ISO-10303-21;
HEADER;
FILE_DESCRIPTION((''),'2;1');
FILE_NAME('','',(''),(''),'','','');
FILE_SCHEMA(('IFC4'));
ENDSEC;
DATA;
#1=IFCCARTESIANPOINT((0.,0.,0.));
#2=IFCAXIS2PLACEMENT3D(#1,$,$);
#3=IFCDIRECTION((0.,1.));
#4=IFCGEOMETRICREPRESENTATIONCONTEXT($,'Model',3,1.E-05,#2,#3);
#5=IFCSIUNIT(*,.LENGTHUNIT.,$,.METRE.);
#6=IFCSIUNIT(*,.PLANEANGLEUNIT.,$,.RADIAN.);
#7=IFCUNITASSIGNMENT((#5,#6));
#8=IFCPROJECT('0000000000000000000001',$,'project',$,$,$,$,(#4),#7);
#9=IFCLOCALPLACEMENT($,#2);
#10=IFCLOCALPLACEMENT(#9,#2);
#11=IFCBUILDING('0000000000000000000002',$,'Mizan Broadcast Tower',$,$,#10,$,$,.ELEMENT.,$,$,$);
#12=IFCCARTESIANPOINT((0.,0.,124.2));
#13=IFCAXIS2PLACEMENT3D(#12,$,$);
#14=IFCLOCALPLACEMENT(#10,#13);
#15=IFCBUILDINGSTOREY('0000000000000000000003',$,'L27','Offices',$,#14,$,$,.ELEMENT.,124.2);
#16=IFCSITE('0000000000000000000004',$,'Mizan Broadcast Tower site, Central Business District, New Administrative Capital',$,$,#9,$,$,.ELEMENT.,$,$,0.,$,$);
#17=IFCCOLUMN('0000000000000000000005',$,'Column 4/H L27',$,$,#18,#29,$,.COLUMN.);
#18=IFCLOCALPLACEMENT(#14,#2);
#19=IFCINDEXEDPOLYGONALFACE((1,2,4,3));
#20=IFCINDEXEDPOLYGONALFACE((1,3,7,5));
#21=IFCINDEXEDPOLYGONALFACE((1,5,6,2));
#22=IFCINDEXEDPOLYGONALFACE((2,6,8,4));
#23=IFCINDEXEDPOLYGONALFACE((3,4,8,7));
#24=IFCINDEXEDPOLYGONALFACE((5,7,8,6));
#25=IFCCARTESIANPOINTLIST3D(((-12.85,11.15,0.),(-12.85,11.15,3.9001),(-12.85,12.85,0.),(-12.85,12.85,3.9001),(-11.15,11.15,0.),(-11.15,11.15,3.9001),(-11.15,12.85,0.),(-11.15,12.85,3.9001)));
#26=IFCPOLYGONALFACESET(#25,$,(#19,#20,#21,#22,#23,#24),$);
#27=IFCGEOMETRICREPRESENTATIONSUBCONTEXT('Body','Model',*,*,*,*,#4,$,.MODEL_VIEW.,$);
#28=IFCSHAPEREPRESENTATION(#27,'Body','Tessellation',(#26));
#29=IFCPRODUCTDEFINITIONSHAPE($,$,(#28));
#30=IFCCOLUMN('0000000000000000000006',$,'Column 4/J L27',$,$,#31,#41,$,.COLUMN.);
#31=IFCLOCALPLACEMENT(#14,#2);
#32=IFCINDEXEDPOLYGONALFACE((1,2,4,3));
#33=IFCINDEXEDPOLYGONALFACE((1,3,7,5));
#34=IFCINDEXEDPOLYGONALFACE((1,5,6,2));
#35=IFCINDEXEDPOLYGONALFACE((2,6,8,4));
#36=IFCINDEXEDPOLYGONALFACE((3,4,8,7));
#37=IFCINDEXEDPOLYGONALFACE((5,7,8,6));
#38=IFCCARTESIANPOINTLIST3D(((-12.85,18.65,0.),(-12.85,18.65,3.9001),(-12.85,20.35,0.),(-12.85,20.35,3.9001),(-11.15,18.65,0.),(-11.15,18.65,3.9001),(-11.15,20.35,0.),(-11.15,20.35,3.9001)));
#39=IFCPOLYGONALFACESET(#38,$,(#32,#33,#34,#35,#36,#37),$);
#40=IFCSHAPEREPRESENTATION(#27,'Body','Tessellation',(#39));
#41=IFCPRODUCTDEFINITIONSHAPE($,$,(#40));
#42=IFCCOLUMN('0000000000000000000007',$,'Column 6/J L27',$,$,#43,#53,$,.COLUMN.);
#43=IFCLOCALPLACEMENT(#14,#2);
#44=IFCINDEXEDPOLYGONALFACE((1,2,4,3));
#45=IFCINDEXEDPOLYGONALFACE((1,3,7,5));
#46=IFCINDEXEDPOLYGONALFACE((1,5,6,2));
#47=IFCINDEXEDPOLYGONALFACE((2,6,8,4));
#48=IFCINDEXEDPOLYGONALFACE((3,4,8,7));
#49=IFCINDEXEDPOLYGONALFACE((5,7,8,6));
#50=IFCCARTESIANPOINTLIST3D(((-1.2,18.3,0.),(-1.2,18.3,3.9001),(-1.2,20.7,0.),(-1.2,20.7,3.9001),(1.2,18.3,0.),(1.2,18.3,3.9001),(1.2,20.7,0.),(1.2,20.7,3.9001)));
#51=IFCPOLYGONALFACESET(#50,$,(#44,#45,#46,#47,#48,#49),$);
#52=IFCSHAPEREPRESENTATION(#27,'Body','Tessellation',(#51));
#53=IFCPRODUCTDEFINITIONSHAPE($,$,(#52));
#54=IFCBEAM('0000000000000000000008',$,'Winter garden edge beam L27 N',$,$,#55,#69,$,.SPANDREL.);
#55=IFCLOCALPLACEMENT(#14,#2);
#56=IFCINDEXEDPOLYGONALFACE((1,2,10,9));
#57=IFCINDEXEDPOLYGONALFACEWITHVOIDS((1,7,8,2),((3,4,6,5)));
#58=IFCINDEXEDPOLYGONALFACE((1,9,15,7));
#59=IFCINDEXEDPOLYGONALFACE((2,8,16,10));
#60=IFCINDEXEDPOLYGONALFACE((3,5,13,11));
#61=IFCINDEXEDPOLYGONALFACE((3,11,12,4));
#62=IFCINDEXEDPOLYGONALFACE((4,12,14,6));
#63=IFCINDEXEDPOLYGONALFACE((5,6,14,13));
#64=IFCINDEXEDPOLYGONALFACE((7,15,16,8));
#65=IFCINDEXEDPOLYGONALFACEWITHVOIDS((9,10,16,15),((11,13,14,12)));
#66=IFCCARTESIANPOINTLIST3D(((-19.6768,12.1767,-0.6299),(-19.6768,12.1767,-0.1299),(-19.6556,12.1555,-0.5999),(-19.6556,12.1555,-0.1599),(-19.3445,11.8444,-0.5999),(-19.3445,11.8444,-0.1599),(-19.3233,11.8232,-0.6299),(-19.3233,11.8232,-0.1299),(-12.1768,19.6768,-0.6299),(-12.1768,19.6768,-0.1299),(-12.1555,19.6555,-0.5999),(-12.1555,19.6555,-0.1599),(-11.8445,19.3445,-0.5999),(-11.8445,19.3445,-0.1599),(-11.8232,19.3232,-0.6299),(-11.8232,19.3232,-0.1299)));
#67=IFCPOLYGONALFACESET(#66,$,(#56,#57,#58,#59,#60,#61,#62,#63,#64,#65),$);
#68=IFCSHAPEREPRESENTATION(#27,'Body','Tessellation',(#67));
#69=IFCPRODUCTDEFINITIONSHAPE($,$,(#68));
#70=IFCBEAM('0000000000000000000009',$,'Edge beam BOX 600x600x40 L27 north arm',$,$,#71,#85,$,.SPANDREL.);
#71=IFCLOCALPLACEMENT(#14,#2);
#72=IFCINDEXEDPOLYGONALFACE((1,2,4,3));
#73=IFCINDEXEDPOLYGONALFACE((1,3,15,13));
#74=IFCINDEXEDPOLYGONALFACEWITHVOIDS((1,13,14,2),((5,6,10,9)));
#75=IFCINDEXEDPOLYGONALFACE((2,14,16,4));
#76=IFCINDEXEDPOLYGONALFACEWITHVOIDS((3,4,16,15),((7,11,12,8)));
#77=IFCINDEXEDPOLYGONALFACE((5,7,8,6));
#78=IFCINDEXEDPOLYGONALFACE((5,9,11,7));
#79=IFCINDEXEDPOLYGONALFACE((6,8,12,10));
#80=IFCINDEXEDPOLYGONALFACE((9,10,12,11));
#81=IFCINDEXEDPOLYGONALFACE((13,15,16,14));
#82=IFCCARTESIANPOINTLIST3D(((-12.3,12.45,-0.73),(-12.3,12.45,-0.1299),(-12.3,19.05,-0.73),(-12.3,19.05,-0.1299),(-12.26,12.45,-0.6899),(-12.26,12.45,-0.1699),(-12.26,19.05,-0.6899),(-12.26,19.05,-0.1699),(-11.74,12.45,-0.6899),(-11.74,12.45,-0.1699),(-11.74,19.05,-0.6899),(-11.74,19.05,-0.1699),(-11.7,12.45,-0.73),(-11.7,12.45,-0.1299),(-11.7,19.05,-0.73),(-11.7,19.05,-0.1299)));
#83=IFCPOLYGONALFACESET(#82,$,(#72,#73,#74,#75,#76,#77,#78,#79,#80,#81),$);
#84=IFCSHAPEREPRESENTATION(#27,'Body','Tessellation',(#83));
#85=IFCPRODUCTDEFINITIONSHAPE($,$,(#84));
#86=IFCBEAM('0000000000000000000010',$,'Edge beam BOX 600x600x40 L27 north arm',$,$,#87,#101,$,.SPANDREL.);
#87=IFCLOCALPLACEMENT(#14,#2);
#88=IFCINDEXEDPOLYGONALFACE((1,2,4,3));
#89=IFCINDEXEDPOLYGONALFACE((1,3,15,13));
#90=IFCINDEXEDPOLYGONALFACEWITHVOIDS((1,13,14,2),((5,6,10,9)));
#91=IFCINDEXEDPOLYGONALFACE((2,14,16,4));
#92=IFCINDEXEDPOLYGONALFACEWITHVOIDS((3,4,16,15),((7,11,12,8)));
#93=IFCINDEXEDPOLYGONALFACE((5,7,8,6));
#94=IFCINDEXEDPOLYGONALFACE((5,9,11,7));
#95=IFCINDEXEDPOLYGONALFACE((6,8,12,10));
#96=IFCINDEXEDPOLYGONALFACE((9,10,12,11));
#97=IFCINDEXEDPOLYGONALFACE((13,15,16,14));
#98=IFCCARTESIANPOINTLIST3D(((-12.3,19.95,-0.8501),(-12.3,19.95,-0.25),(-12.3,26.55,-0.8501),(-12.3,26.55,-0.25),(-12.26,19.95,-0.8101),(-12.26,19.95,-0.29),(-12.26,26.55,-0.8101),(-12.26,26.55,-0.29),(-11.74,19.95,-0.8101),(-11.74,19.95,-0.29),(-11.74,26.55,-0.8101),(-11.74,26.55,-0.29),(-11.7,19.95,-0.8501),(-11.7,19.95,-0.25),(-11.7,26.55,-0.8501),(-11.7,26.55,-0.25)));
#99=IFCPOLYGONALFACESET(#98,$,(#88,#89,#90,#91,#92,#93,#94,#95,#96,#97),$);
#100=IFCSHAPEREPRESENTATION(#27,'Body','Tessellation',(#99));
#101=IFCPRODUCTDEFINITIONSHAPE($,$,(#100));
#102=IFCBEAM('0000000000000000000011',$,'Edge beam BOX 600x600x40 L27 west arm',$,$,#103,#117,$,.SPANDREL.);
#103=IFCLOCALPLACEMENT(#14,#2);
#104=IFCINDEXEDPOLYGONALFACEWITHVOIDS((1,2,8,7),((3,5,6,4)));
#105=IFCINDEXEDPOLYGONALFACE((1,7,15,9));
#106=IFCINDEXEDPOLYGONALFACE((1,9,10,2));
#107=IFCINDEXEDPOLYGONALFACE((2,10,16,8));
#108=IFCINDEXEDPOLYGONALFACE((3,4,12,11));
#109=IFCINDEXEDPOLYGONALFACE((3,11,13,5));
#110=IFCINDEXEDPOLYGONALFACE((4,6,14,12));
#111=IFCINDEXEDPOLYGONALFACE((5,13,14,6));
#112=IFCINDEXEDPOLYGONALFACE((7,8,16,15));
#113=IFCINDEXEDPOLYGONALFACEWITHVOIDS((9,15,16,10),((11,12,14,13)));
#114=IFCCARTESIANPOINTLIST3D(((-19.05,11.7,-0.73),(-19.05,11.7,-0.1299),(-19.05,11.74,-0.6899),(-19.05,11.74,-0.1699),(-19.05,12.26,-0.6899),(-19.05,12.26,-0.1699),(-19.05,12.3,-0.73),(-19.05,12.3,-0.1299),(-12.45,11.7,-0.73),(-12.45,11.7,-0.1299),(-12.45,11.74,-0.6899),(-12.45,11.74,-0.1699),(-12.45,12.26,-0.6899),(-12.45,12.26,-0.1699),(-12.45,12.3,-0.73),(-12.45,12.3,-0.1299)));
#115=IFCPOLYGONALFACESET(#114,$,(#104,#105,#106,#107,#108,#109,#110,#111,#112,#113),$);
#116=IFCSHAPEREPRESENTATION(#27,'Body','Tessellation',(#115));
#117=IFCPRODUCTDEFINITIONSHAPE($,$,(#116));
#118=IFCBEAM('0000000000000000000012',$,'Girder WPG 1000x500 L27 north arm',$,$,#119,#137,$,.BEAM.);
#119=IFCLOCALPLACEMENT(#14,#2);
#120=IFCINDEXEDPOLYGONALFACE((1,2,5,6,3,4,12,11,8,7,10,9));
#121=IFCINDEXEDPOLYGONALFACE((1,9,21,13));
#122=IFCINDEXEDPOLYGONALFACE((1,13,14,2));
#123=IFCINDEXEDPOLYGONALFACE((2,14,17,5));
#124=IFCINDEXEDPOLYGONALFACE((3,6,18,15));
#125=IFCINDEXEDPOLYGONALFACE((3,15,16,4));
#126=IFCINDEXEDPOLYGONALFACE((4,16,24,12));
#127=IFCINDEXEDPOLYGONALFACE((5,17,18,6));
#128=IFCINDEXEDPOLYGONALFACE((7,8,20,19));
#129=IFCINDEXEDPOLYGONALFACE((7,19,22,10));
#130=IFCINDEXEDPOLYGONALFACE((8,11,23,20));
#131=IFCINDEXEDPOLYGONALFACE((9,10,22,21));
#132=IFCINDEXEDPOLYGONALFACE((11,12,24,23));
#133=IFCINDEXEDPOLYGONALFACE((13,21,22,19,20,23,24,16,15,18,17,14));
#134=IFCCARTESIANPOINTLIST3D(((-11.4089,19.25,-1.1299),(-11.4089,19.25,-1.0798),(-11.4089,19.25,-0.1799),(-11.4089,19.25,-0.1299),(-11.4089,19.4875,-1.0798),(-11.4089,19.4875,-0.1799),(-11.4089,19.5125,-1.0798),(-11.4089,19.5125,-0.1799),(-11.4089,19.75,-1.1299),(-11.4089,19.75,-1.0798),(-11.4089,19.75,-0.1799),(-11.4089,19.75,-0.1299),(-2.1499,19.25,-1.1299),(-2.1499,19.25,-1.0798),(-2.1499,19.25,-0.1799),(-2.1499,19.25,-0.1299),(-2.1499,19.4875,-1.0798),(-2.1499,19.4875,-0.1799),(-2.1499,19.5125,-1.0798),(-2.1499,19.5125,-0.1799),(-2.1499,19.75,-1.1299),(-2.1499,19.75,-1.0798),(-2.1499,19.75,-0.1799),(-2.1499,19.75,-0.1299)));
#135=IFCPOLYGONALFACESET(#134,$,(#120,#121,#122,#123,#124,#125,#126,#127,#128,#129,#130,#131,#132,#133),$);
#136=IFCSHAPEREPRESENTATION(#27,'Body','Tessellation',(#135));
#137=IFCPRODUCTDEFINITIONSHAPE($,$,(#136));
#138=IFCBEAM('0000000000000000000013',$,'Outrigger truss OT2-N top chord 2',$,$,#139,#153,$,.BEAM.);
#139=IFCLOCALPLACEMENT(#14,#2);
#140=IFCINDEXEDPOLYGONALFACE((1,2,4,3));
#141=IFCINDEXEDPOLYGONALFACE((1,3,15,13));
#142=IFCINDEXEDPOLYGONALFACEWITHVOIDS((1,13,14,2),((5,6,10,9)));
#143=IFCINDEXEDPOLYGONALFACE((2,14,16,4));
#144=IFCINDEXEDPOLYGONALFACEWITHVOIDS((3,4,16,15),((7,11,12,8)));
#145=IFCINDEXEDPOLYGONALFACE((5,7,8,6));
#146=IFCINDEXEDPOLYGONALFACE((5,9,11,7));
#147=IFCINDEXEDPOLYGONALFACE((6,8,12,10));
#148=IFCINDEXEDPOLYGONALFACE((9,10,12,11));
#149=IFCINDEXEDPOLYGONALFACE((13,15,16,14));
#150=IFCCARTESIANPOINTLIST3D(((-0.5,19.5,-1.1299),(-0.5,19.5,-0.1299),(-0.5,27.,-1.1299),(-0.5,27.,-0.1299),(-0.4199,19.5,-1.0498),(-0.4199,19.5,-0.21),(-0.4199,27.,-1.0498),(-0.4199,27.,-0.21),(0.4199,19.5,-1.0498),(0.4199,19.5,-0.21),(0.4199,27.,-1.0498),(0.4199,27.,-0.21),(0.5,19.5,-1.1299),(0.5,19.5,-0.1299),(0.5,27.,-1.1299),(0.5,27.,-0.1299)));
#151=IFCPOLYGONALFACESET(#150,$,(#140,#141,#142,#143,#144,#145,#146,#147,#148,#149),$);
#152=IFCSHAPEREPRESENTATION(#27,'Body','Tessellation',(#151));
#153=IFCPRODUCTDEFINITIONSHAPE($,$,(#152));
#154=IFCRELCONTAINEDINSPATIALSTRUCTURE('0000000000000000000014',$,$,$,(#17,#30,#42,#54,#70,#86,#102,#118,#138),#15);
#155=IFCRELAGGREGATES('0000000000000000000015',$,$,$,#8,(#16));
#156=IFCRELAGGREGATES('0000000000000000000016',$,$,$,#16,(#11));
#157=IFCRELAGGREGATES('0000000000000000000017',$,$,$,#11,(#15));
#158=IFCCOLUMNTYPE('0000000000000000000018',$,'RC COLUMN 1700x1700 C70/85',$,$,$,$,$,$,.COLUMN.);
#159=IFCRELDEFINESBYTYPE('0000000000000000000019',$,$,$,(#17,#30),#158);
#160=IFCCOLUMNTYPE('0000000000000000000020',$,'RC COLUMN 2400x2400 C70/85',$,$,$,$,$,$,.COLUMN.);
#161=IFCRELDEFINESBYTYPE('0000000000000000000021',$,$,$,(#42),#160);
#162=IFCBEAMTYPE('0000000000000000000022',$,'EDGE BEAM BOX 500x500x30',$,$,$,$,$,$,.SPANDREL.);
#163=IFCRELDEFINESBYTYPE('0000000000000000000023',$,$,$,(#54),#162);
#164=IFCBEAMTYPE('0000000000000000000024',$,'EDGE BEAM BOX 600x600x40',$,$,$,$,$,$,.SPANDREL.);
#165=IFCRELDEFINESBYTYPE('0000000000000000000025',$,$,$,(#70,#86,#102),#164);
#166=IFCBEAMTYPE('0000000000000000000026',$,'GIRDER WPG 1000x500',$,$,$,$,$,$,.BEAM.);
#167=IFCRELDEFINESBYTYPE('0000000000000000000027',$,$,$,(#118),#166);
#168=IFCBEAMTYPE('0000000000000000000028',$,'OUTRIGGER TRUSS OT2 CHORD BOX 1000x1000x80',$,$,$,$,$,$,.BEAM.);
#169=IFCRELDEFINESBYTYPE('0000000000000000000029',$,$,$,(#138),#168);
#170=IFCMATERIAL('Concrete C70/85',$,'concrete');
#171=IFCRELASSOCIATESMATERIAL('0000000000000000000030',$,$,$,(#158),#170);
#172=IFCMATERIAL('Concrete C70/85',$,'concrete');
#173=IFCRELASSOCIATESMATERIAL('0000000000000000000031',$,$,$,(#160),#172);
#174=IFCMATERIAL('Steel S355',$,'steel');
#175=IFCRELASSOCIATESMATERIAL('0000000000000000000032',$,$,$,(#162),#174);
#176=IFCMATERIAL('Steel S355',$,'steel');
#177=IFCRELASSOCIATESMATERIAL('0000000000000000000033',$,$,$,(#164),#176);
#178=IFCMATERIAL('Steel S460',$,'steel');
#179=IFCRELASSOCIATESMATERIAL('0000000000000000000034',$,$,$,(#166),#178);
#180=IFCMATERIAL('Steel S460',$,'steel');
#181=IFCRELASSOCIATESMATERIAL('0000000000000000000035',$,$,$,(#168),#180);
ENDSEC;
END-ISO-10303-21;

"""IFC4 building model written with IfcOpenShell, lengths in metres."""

from ifc_helpers import new_model, si_unit, direction, frame, origin, origin_2d, place, context, subcontext, project, spatial, rectangle, hollow_rectangle, i_section, extrude, material, material_profile, profile_set, type_object, element, save


model = new_model("IFC4")

# Units and contexts
model_context = context("Model", 3, precision=1e-05, world=origin(), true_north=direction((0.0, 1.0)))
body_context = subcontext(model_context, "Body", "Model", "MODEL_VIEW")
ifc_project = project(units=[si_unit("LENGTHUNIT", "METRE"), si_unit("PLANEANGLEUNIT", "RADIAN")], contexts=[model_context])

# Site, building, storey
site_placement = place(None, origin())
site = spatial("IfcSite", under=ifc_project, at=site_placement, Name="Mizan Broadcast Tower site, Central Business District, New Administrative Capital", CompositionType="ELEMENT", RefElevation=0.0)
building_placement = place(site_placement, origin())
building = spatial("IfcBuilding", under=site, at=building_placement, Name="Mizan Broadcast Tower", CompositionType="ELEMENT")
storey_placement = place(building_placement, frame((0.0, 0.0, 124.2)))
storey = spatial("IfcBuildingStorey", under=building, at=storey_placement, Name="L27", Description="Offices", CompositionType="ELEMENT", Elevation=124.2)

# Columns
ifc_material_1 = material(Name="Concrete C70/85", Category="concrete")
ifc_material_profile_1 = material_profile(ifc_material_1, rectangle(XDim=1.7, YDim=1.7, at=origin_2d()), Name="RC 1700x1700")
ifc_profile_set_1 = profile_set([ifc_material_profile_1], Name="Concrete C70/85")
column_type_1 = type_object("IfcColumnType", Name="RC COLUMN 1700x1700 C70/85", PredefinedType="COLUMN", material=ifc_profile_set_1)
for number, where, z_axis, x_axis, name in (
    (1, (-12.0, 12.0, 0.0), (0.0, 0.0, 1.0), (1.0, 0.0, 0.0), "Column 4/H L27"),
    (2, (-12.0, 19.5, 0.0), (0.0, 0.0, 1.0), (1.0, 0.0, 0.0), "Column 4/J L27"),
):
    element("IfcColumn", number, at=place(storey_placement, frame(where, z_axis=z_axis, x_axis=x_axis)), inside=storey, type_object=column_type_1, Name=name, PredefinedType="COLUMN", context=body_context, shape_type="SweptSolid", body=[
        extrude(rectangle(XDim=1.7, YDim=1.7, at=origin_2d()), origin(), (0.0, 0.0, 1.0), 3.9001),
    ])
ifc_material_2 = material(Name="Concrete C70/85", Category="concrete")
ifc_material_profile_2 = material_profile(ifc_material_2, rectangle(XDim=2.3999, YDim=2.3999, at=origin_2d()), Name="RC 2400x2400")
ifc_profile_set_2 = profile_set([ifc_material_profile_2], Name="Concrete C70/85")
column_type_2 = type_object("IfcColumnType", Name="RC COLUMN 2400x2400 C70/85", PredefinedType="COLUMN", material=ifc_profile_set_2)
column_placement = place(storey_placement, frame((0.0, 19.5, 0.0), z_axis=(0.0, 0.0, 1.0), x_axis=(1.0, 0.0, 0.0)))
element("IfcColumn", 3, at=column_placement, inside=storey, type_object=column_type_2, Name="Column 6/J L27", PredefinedType="COLUMN", context=body_context, shape_type="SweptSolid", body=[
    extrude(rectangle(XDim=2.3999, YDim=2.3999, at=origin_2d()), origin(), (0.0, 0.0, 1.0), 3.9001),
])

# Beams
ifc_material_3 = material(Name="Steel S355", Category="steel")
ifc_material_profile_3 = material_profile(ifc_material_3, hollow_rectangle(XDim=0.5, YDim=0.5, WallThickness=0.03, at=origin_2d()), Name="BOX 500x500x30")
ifc_profile_set_3 = profile_set([ifc_material_profile_3], Name="Steel S355")
beam_type_1 = type_object("IfcBeamType", Name="EDGE BEAM BOX 500x500x30", PredefinedType="SPANDREL", material=ifc_profile_set_3)
beam_1_placement = place(storey_placement, frame((-12.0, 19.5, -0.3799), z_axis=(-0.707107, -0.707107, 0.0), x_axis=(0.707107, -0.707107, 0.0)))
element("IfcBeam", 4, at=beam_1_placement, inside=storey, type_object=beam_type_1, Name="Winter garden edge beam L27 N", PredefinedType="SPANDREL", context=body_context, shape_type="SweptSolid", body=[
    extrude(hollow_rectangle(XDim=0.5, YDim=0.5, WallThickness=0.03, at=origin_2d()), origin(), (0.0, 0.0, 1.0), 10.6067),
])
ifc_material_4 = material(Name="Steel S355", Category="steel")
ifc_material_profile_4 = material_profile(ifc_material_4, hollow_rectangle(XDim=0.6001, YDim=0.6001, WallThickness=0.04, at=origin_2d()), Name="BOX 600x600x40")
ifc_profile_set_4 = profile_set([ifc_material_profile_4], Name="Steel S355")
beam_type_2 = type_object("IfcBeamType", Name="EDGE BEAM BOX 600x600x40", PredefinedType="SPANDREL", material=ifc_profile_set_4)
for number, where, z_axis, x_axis, name in (
    (5, (-12.0, 12.45, -0.4299), (0.0, 1.0, 0.0), (-1.0, 0.0, 0.0), "Edge beam BOX 600x600x40 L27 north arm"),
    (6, (-12.0, 19.95, -0.55), (0.0, 1.0, 0.0), (-1.0, 0.0, 0.0), "Edge beam BOX 600x600x40 L27 north arm"),
    (7, (-12.45, 12.0, -0.4299), (-1.0, 0.0, 0.0), (0.0, -1.0, 0.0), "Edge beam BOX 600x600x40 L27 west arm"),
):
    element("IfcBeam", number, at=place(storey_placement, frame(where, z_axis=z_axis, x_axis=x_axis)), inside=storey, type_object=beam_type_2, Name=name, PredefinedType="SPANDREL", context=body_context, shape_type="SweptSolid", body=[
        extrude(hollow_rectangle(XDim=0.6001, YDim=0.6001, WallThickness=0.04, at=origin_2d()), origin(), (0.0, 0.0, 1.0), 6.6001),
    ])
ifc_material_5 = material(Name="Steel S460", Category="steel")
ifc_material_profile_5 = material_profile(ifc_material_5, i_section(OverallWidth=0.5, OverallDepth=1.0, WebThickness=0.0249, FlangeThickness=0.05, at=origin_2d()), Name="WPG 1000x500")
ifc_profile_set_5 = profile_set([ifc_material_profile_5], Name="Steel S460")
beam_type_3 = type_object("IfcBeamType", Name="GIRDER WPG 1000x500", PredefinedType="BEAM", material=ifc_profile_set_5)
beam_2_placement = place(storey_placement, frame((-11.4089, 19.5, -0.6299), z_axis=(1.0, 0.0, 0.0), x_axis=(0.0, 1.0, 0.0)))
element("IfcBeam", 8, at=beam_2_placement, inside=storey, type_object=beam_type_3, Name="Girder WPG 1000x500 L27 north arm", PredefinedType="BEAM", context=body_context, shape_type="SweptSolid", body=[
    extrude(i_section(OverallWidth=0.5, OverallDepth=1.0, WebThickness=0.0249, FlangeThickness=0.05, at=origin_2d()), origin(), (0.0, 0.0, 1.0), 9.259),
])
ifc_material_6 = material(Name="Steel S460", Category="steel")
ifc_material_profile_6 = material_profile(ifc_material_6, hollow_rectangle(XDim=1.0, YDim=1.0, WallThickness=0.0801, at=origin_2d()), Name="BOX 1000x1000x80")
ifc_profile_set_6 = profile_set([ifc_material_profile_6], Name="Steel S460")
beam_type_4 = type_object("IfcBeamType", Name="OUTRIGGER TRUSS OT2 CHORD BOX 1000x1000x80", PredefinedType="BEAM", material=ifc_profile_set_6)
beam_3_placement = place(storey_placement, frame((0.0, 19.5, -0.6299), z_axis=(0.0, 1.0, 0.0), x_axis=(-1.0, 0.0, 0.0)))
element("IfcBeam", 9, at=beam_3_placement, inside=storey, type_object=beam_type_4, Name="Outrigger truss OT2-N top chord 2", PredefinedType="BEAM", context=body_context, shape_type="SweptSolid", body=[
    extrude(hollow_rectangle(XDim=1.0, YDim=1.0, WallThickness=0.0801, at=origin_2d()), origin(), (0.0, 0.0, 1.0), 7.5),
])

save(model, "model.ifc")
